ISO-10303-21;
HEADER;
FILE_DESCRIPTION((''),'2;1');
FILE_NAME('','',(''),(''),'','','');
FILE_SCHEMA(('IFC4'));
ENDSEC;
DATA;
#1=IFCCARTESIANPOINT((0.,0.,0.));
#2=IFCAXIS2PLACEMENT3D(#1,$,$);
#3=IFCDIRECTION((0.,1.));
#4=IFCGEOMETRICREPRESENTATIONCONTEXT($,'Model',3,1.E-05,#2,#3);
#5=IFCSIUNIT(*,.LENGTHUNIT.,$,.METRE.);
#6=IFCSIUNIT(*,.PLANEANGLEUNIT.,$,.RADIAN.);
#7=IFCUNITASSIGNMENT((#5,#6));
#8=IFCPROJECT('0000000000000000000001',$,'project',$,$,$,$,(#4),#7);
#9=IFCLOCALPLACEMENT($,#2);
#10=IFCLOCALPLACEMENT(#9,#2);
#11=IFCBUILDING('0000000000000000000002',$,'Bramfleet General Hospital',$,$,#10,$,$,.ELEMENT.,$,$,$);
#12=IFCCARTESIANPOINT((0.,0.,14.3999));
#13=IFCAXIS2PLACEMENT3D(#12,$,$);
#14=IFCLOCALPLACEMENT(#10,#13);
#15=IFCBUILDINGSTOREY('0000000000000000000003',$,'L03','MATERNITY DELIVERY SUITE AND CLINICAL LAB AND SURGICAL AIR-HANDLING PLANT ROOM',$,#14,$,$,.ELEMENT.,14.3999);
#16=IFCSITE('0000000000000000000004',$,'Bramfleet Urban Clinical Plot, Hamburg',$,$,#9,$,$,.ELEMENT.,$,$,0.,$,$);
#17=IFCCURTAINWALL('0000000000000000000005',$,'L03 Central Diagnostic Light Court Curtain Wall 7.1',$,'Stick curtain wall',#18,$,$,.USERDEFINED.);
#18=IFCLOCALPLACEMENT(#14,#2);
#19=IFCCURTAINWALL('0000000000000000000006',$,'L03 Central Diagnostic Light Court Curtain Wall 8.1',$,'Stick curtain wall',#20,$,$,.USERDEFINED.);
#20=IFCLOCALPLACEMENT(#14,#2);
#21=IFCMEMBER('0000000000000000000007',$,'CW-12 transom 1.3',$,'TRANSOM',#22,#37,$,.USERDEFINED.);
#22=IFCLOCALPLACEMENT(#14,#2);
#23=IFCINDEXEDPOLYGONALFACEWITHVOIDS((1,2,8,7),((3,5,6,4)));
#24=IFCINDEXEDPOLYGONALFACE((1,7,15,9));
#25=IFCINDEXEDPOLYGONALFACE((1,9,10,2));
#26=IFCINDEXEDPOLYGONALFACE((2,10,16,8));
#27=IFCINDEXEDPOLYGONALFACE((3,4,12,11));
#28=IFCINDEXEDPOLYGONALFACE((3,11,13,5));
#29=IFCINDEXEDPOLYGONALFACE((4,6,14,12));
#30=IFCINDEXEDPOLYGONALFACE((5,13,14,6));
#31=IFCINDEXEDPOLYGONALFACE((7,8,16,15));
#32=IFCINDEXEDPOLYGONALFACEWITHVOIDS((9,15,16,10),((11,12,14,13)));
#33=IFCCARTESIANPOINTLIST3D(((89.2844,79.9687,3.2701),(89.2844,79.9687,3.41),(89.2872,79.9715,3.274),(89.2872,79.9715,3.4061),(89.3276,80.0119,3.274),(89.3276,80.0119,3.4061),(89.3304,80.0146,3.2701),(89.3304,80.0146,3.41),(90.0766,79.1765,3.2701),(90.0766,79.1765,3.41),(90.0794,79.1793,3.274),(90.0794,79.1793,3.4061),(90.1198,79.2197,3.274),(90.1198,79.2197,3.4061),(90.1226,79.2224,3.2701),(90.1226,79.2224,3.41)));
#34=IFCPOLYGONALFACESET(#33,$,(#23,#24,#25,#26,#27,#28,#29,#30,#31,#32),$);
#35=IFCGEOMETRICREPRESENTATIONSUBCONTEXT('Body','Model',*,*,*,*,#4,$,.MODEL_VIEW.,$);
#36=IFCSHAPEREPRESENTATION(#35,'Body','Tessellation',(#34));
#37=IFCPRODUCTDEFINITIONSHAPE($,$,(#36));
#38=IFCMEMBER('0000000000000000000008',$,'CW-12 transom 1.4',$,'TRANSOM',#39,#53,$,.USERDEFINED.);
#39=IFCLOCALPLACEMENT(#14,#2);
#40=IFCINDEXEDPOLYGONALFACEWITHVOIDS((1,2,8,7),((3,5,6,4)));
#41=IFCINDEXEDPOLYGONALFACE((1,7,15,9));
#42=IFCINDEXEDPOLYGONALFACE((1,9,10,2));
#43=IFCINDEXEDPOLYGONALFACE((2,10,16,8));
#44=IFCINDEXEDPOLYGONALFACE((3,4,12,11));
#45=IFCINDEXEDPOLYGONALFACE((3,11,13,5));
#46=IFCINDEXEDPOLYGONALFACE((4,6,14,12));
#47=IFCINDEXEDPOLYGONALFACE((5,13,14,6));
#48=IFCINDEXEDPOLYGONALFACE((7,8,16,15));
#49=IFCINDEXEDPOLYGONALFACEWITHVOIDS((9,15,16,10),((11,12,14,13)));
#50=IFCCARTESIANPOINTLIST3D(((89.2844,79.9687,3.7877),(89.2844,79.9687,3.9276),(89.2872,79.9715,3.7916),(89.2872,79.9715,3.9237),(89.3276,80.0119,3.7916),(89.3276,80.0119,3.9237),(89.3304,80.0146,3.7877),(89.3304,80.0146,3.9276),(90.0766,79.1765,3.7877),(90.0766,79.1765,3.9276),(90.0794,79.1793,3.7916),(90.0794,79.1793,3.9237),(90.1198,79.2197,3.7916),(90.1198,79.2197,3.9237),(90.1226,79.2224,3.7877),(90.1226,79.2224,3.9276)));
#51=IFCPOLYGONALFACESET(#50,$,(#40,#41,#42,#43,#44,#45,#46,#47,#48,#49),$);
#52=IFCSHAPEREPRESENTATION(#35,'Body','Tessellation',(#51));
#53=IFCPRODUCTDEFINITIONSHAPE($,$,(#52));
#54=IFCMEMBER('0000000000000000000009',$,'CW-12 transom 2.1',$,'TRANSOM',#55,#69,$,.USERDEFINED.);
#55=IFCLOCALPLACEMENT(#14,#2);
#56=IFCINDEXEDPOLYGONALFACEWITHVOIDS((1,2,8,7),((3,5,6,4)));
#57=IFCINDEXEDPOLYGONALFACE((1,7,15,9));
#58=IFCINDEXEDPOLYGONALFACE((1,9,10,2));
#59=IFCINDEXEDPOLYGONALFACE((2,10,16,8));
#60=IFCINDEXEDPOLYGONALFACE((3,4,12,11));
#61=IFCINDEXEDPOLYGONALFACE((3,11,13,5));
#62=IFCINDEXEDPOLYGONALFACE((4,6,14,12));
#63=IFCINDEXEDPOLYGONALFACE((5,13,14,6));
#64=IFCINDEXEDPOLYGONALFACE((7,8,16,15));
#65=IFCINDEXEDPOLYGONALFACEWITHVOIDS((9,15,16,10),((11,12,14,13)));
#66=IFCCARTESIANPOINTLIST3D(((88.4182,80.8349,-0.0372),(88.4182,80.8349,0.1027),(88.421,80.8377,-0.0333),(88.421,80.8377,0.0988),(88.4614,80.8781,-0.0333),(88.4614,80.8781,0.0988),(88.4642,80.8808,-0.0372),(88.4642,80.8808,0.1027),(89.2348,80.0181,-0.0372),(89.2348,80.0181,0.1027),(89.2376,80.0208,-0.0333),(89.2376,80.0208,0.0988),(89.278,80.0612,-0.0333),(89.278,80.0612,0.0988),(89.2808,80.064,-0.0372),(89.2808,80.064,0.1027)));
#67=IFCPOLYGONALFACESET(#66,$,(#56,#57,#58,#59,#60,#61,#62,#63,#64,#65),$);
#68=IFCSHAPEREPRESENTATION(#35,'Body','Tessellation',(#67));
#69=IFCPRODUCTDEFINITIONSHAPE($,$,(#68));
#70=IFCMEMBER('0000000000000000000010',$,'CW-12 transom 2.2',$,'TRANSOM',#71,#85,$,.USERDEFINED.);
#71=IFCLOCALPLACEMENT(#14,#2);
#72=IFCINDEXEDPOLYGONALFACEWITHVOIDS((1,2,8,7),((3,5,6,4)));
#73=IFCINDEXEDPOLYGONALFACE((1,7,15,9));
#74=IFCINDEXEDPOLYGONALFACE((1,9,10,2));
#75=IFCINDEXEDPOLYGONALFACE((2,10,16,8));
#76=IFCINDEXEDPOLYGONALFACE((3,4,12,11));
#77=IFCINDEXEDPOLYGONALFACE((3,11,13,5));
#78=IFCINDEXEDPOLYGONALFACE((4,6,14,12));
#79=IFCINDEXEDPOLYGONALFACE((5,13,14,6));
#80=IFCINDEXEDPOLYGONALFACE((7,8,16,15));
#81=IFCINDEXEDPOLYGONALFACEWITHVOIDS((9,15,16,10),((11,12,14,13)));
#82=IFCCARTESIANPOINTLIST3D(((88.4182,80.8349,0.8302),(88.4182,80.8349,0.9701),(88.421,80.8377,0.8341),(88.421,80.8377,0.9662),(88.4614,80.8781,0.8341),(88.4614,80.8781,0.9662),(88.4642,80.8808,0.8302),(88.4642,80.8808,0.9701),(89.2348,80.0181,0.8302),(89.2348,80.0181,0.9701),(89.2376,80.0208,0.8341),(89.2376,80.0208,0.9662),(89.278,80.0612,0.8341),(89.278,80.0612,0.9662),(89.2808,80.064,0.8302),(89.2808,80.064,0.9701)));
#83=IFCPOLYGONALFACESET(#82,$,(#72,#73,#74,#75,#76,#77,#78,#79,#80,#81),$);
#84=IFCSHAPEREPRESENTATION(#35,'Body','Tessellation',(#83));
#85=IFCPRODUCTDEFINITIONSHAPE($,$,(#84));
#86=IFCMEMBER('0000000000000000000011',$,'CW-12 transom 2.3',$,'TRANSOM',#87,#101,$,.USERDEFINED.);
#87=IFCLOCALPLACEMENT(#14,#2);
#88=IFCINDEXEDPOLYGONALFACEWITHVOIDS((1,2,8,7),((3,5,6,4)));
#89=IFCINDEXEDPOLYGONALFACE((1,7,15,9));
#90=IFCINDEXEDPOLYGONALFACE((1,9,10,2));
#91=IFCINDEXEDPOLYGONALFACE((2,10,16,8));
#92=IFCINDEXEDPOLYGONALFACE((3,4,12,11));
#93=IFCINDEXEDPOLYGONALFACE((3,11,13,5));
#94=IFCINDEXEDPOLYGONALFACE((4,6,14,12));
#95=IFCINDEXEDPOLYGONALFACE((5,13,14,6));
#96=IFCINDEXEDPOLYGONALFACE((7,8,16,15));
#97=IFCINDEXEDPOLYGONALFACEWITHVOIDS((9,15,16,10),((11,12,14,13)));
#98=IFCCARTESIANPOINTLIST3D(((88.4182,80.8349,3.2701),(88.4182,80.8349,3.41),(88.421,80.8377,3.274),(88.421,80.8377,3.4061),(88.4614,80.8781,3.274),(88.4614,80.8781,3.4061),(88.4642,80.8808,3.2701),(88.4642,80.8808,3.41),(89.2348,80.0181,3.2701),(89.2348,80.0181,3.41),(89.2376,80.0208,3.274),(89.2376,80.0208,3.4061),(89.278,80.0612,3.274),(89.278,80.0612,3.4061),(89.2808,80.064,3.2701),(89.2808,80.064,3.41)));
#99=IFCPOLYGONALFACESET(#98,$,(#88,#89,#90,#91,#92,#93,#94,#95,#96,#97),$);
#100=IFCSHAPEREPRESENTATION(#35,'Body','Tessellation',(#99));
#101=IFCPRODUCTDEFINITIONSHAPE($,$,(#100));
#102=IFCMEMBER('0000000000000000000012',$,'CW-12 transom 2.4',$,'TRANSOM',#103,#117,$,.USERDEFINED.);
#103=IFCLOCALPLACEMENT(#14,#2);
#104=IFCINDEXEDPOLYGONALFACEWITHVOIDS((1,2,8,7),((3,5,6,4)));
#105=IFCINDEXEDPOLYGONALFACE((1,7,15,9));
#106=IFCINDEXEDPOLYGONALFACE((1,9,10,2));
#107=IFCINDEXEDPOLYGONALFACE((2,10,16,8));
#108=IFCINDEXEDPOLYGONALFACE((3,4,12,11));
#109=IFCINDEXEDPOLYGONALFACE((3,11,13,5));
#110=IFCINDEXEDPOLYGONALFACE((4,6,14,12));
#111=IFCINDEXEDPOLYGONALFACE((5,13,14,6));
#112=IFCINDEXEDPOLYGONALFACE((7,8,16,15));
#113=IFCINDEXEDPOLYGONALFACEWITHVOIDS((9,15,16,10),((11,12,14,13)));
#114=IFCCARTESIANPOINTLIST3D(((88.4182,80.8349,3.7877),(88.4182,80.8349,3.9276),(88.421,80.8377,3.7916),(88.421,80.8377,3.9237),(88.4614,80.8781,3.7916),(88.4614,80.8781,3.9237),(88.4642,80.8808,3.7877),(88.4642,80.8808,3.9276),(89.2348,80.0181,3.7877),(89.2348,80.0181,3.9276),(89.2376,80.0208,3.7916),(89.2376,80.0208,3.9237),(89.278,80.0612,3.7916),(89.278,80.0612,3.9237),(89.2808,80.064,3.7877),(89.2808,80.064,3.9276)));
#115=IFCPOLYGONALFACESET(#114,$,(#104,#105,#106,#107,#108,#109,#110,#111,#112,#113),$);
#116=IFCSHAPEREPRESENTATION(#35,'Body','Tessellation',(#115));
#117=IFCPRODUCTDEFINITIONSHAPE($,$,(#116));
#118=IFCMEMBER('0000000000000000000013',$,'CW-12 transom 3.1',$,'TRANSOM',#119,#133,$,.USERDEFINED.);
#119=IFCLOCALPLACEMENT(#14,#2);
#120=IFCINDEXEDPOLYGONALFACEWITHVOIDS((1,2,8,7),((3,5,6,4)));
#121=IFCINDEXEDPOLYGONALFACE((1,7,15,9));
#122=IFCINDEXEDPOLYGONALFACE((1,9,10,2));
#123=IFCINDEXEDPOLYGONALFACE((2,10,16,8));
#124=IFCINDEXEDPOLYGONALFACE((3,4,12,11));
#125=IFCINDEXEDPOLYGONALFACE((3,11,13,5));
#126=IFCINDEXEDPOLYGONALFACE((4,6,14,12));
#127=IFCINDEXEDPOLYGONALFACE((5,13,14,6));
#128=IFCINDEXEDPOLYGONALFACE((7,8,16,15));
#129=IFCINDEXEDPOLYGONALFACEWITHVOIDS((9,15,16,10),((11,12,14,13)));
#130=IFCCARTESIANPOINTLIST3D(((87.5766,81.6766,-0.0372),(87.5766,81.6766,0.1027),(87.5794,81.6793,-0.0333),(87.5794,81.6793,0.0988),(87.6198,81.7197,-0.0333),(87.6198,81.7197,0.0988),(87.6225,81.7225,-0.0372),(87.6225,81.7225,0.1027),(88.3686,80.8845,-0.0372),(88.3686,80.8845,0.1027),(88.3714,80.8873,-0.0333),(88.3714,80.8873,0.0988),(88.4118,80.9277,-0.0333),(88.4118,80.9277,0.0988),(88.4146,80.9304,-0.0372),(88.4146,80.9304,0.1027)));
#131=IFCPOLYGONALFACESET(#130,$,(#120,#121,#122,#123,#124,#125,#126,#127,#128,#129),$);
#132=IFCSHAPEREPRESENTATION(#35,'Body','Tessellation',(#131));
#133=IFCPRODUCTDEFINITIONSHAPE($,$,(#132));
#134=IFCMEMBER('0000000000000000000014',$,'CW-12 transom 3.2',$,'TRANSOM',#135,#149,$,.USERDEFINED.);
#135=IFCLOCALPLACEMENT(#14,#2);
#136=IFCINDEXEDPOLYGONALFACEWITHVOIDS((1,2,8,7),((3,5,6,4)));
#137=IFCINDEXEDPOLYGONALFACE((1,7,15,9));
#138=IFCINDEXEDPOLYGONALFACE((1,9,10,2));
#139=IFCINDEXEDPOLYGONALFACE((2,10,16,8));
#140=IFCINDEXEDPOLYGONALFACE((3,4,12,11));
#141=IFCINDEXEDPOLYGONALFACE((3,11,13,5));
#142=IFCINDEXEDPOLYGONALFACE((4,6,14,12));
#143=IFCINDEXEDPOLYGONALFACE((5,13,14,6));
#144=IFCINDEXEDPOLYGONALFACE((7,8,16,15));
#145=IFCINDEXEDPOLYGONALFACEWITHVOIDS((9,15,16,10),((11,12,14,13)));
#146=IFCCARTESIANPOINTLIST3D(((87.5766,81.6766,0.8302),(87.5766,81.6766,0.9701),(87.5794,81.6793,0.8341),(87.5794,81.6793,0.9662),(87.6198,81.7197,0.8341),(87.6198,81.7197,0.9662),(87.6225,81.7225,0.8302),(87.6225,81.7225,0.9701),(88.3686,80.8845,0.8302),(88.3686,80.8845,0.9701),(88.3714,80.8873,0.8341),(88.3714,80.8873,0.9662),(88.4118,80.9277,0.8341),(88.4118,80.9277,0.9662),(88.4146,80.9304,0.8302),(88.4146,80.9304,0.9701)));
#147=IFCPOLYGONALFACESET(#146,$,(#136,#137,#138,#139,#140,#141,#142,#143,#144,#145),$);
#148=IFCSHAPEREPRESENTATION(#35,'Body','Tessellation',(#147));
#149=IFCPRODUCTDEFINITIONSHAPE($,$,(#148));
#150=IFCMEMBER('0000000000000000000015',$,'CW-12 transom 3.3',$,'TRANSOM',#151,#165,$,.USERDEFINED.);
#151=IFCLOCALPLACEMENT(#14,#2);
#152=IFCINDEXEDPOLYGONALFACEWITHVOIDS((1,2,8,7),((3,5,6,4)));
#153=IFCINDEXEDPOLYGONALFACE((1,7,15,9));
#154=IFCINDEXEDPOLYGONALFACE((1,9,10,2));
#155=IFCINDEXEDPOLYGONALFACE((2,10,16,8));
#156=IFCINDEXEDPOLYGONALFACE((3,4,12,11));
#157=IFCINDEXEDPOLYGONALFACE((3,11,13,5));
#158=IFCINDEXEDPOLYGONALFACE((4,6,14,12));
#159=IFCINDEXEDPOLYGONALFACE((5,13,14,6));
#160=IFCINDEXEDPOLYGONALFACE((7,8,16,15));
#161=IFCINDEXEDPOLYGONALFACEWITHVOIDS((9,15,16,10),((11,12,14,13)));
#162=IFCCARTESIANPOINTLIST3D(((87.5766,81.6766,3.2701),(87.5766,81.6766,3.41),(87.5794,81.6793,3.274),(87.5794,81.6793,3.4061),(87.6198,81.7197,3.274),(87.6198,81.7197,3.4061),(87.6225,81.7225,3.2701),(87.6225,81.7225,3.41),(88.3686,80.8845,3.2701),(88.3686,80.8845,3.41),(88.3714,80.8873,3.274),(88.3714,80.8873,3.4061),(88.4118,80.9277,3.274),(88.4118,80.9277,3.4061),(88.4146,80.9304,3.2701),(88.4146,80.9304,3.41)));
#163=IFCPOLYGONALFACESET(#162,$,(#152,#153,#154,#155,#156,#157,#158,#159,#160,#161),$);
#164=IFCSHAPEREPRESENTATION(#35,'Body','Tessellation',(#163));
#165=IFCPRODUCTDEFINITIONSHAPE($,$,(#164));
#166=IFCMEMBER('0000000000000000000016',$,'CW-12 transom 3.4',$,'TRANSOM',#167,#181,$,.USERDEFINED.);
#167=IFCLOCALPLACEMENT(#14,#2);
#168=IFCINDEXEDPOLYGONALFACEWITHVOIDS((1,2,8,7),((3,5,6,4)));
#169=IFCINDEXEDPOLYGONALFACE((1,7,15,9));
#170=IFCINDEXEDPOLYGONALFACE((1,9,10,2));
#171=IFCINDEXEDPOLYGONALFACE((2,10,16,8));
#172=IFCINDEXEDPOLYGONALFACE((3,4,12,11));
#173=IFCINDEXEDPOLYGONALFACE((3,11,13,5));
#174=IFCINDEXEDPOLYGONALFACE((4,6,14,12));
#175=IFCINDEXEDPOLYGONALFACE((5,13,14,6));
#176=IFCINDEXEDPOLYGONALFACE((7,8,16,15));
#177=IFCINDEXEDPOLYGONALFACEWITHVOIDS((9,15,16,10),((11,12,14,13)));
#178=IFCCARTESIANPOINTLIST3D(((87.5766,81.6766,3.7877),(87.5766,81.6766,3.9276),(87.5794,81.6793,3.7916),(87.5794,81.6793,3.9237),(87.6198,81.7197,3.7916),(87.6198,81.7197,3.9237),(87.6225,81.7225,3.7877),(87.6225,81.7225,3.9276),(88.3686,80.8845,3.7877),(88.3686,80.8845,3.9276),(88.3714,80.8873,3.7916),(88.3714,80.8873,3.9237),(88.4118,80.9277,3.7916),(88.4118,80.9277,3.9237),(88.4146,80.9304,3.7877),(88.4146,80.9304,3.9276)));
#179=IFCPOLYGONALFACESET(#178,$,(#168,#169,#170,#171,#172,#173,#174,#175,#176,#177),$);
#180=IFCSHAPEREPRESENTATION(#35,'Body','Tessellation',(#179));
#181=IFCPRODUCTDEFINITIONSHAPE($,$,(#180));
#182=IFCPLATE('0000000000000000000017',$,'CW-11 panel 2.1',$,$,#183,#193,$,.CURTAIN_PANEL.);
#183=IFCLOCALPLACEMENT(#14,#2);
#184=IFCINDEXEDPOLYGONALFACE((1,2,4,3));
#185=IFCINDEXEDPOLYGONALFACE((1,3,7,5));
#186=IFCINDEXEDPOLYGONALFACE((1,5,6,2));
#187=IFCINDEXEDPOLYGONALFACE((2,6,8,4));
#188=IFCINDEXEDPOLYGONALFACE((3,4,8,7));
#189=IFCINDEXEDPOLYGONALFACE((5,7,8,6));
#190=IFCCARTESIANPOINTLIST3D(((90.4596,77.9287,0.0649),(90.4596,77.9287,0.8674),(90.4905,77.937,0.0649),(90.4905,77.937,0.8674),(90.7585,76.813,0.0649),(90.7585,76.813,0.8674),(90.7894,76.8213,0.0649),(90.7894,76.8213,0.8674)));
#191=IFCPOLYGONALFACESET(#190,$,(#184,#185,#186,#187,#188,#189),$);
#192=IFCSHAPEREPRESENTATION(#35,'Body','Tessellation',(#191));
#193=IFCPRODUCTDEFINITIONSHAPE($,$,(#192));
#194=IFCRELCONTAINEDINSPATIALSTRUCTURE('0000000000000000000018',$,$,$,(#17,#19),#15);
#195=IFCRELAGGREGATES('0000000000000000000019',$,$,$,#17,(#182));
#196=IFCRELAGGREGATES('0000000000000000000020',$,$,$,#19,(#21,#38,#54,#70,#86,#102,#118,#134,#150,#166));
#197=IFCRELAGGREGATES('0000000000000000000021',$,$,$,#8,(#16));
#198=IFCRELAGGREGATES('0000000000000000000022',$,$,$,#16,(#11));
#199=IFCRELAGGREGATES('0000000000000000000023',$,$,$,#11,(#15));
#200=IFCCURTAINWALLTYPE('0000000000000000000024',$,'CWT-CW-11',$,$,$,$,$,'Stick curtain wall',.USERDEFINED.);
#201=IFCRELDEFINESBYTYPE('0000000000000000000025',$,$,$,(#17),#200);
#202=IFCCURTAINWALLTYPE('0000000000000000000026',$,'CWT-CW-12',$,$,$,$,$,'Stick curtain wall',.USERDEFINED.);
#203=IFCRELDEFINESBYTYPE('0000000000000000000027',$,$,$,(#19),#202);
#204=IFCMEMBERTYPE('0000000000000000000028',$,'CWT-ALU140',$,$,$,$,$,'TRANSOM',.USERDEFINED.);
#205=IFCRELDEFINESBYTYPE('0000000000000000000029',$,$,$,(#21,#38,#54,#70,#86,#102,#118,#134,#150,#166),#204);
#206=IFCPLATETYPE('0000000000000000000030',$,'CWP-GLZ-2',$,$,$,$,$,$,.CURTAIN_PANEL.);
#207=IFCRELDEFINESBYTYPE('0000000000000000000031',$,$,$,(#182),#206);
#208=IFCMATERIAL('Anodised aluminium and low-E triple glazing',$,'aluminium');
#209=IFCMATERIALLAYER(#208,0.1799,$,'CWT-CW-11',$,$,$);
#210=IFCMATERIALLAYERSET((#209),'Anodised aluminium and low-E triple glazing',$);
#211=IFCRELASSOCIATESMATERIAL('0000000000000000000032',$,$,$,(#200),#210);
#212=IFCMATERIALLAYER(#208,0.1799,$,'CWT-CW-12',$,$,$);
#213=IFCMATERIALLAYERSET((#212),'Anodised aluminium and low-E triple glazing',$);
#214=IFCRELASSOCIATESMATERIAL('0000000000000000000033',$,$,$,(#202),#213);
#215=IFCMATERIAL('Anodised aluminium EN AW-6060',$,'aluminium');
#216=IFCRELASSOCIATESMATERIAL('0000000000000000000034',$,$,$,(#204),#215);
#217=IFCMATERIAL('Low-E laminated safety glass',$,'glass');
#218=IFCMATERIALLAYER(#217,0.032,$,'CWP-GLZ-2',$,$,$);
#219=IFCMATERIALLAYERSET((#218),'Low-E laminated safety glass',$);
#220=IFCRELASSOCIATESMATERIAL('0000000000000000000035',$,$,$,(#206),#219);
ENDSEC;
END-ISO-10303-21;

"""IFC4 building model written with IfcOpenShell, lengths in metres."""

from ifc_helpers import new_model, si_unit, direction, frame, origin, origin_2d, place, context, subcontext, project, spatial, rectangle, hollow_rectangle, extrude, material, layer, layer_set, material_profile, profile_set, type_object, element, aggregate, save


model = new_model("IFC4")

# Units and contexts
model_context = context("Model", 3, precision=1e-05, world=origin(), true_north=direction((0.0, 1.0)))
body_context = subcontext(model_context, "Body", "Model", "MODEL_VIEW")
ifc_project = project(units=[si_unit("LENGTHUNIT", "METRE"), si_unit("PLANEANGLEUNIT", "RADIAN")], contexts=[model_context])

# Site, building, storey
site_placement = place(None, origin())
site = spatial("IfcSite", under=ifc_project, at=site_placement, Name="Bramfleet Urban Clinical Plot, Hamburg", CompositionType="ELEMENT", RefElevation=0.0)
building_placement = place(site_placement, origin())
building = spatial("IfcBuilding", under=site, at=building_placement, Name="Bramfleet General Hospital", CompositionType="ELEMENT")
storey_placement = place(building_placement, frame((0.0, 0.0, 14.3999)))
storey = spatial("IfcBuildingStorey", under=building, at=storey_placement, Name="L03", Description="MATERNITY DELIVERY SUITE AND CLINICAL LAB AND SURGICAL AIR-HANDLING PLANT ROOM", CompositionType="ELEMENT", Elevation=14.3999)

# Curtain walls
ifc_material_1 = material(Name="Anodised aluminium and low-E triple glazing", Category="aluminium")
ifc_layer_1 = layer(ifc_material_1, 0.1799, Name="CWT-CW-11")
ifc_layer_set_1 = layer_set([ifc_layer_1], Name="Anodised aluminium and low-E triple glazing")
curtain_wall_type_1 = type_object("IfcCurtainWallType", Name="CWT-CW-11", ElementType="Stick curtain wall", PredefinedType="USERDEFINED", material=ifc_layer_set_1)
curtain_wall_1_placement = place(storey_placement, origin())
curtain_wall_1 = element("IfcCurtainWall", 1, at=curtain_wall_1_placement, inside=storey, type_object=curtain_wall_type_1, Name="L03 Central Diagnostic Light Court Curtain Wall 7.1", ObjectType="Stick curtain wall", PredefinedType="USERDEFINED")
ifc_material_2 = material(Name="Anodised aluminium EN AW-6060", Category="aluminium")
ifc_layer_2 = layer(ifc_material_1, 0.1799, Name="CWT-CW-12")
ifc_layer_set_2 = layer_set([ifc_layer_2], Name="Anodised aluminium and low-E triple glazing")
curtain_wall_type_2 = type_object("IfcCurtainWallType", Name="CWT-CW-12", ElementType="Stick curtain wall", PredefinedType="USERDEFINED", material=ifc_layer_set_2)
curtain_wall_2_placement = place(storey_placement, origin())
curtain_wall_2 = element("IfcCurtainWall", 2, at=curtain_wall_2_placement, inside=storey, type_object=curtain_wall_type_2, Name="L03 Central Diagnostic Light Court Curtain Wall 8.1", ObjectType="Stick curtain wall", PredefinedType="USERDEFINED")

# Members
ifc_material_profile_1 = material_profile(ifc_material_2, hollow_rectangle(XDim=0.0649, YDim=0.1399, WallThickness=0.0039, at=origin_2d()), Name="ALU 140x65x4.0")
ifc_profile_set_1 = profile_set([ifc_material_profile_1], Name="Anodised aluminium EN AW-6060")
member_type_1 = type_object("IfcMemberType", Name="CWT-ALU140", ElementType="TRANSOM", PredefinedType="USERDEFINED", material=ifc_profile_set_1)
member_1_placement = place(storey_placement, frame((90.0996, 79.1995, 3.3401), z_axis=(-0.707107, 0.707107, 0.0), x_axis=(-0.707107, -0.707107, 0.0)))
member_1 = element("IfcMember", 3, at=member_1_placement, type_object=member_type_1, Name="CW-12 transom 1.3", ObjectType="TRANSOM", PredefinedType="USERDEFINED", context=body_context, shape_type="SweptSolid", body=[
    extrude(hollow_rectangle(XDim=0.0649, YDim=0.1399, WallThickness=0.0039, at=origin_2d()), origin(), (0.0, 0.0, 1.0), 1.1204),
])
member_2_placement = place(storey_placement, frame((90.0996, 79.1995, 3.8577), z_axis=(-0.707107, 0.707107, 0.0), x_axis=(-0.707107, -0.707107, 0.0)))
member_2 = element("IfcMember", 4, at=member_2_placement, type_object=member_type_1, Name="CW-12 transom 1.4", ObjectType="TRANSOM", PredefinedType="USERDEFINED", context=body_context, shape_type="SweptSolid", body=[
    extrude(hollow_rectangle(XDim=0.0649, YDim=0.1399, WallThickness=0.0039, at=origin_2d()), origin(), (0.0, 0.0, 1.0), 1.1204),
])
member_3_placement = place(storey_placement, frame((89.2578, 80.041, 0.0327), z_axis=(-0.707001, 0.707212, 0.0), x_axis=(-0.707212, -0.707001, 0.0)))
member_3 = element("IfcMember", 5, at=member_3_placement, type_object=member_type_1, Name="CW-12 transom 2.1", ObjectType="TRANSOM", PredefinedType="USERDEFINED", context=body_context, shape_type="SweptSolid", body=[
    extrude(hollow_rectangle(XDim=0.0649, YDim=0.1399, WallThickness=0.0039, at=origin_2d()), origin(), (0.0, 0.0, 1.0), 1.155),
])
member_4_placement = place(storey_placement, frame((89.2578, 80.041, 0.9001), z_axis=(-0.707001, 0.707212, 0.0), x_axis=(-0.707212, -0.707001, 0.0)))
member_4 = element("IfcMember", 6, at=member_4_placement, type_object=member_type_1, Name="CW-12 transom 2.2", ObjectType="TRANSOM", PredefinedType="USERDEFINED", context=body_context, shape_type="SweptSolid", body=[
    extrude(hollow_rectangle(XDim=0.0649, YDim=0.1399, WallThickness=0.0039, at=origin_2d()), origin(), (0.0, 0.0, 1.0), 1.155),
])
member_5_placement = place(storey_placement, frame((89.2578, 80.041, 3.3401), z_axis=(-0.707001, 0.707212, 0.0), x_axis=(-0.707212, -0.707001, 0.0)))
member_5 = element("IfcMember", 7, at=member_5_placement, type_object=member_type_1, Name="CW-12 transom 2.3", ObjectType="TRANSOM", PredefinedType="USERDEFINED", context=body_context, shape_type="SweptSolid", body=[
    extrude(hollow_rectangle(XDim=0.0649, YDim=0.1399, WallThickness=0.0039, at=origin_2d()), origin(), (0.0, 0.0, 1.0), 1.155),
])
member_6_placement = place(storey_placement, frame((89.2578, 80.041, 3.8577), z_axis=(-0.707001, 0.707212, 0.0), x_axis=(-0.707212, -0.707001, 0.0)))
member_6 = element("IfcMember", 8, at=member_6_placement, type_object=member_type_1, Name="CW-12 transom 2.4", ObjectType="TRANSOM", PredefinedType="USERDEFINED", context=body_context, shape_type="SweptSolid", body=[
    extrude(hollow_rectangle(XDim=0.0649, YDim=0.1399, WallThickness=0.0039, at=origin_2d()), origin(), (0.0, 0.0, 1.0), 1.155),
])
member_7_placement = place(storey_placement, frame((88.3916, 80.9075, 0.0327), z_axis=(-0.707107, 0.707107, 0.0), x_axis=(-0.707107, -0.707107, 0.0)))
member_7 = element("IfcMember", 9, at=member_7_placement, type_object=member_type_1, Name="CW-12 transom 3.1", ObjectType="TRANSOM", PredefinedType="USERDEFINED", context=body_context, shape_type="SweptSolid", body=[
    extrude(hollow_rectangle(XDim=0.0649, YDim=0.1399, WallThickness=0.0039, at=origin_2d()), origin(), (0.0, 0.0, 1.0), 1.1201),
])
member_8_placement = place(storey_placement, frame((88.3916, 80.9075, 0.9001), z_axis=(-0.707107, 0.707107, 0.0), x_axis=(-0.707107, -0.707107, 0.0)))
member_8 = element("IfcMember", 10, at=member_8_placement, type_object=member_type_1, Name="CW-12 transom 3.2", ObjectType="TRANSOM", PredefinedType="USERDEFINED", context=body_context, shape_type="SweptSolid", body=[
    extrude(hollow_rectangle(XDim=0.0649, YDim=0.1399, WallThickness=0.0039, at=origin_2d()), origin(), (0.0, 0.0, 1.0), 1.1201),
])
member_9_placement = place(storey_placement, frame((88.3916, 80.9075, 3.3401), z_axis=(-0.707107, 0.707107, 0.0), x_axis=(-0.707107, -0.707107, 0.0)))
member_9 = element("IfcMember", 11, at=member_9_placement, type_object=member_type_1, Name="CW-12 transom 3.3", ObjectType="TRANSOM", PredefinedType="USERDEFINED", context=body_context, shape_type="SweptSolid", body=[
    extrude(hollow_rectangle(XDim=0.0649, YDim=0.1399, WallThickness=0.0039, at=origin_2d()), origin(), (0.0, 0.0, 1.0), 1.1201),
])
member_10_placement = place(storey_placement, frame((88.3916, 80.9075, 3.8577), z_axis=(-0.707107, 0.707107, 0.0), x_axis=(-0.707107, -0.707107, 0.0)))
member_10 = element("IfcMember", 12, at=member_10_placement, type_object=member_type_1, Name="CW-12 transom 3.4", ObjectType="TRANSOM", PredefinedType="USERDEFINED", context=body_context, shape_type="SweptSolid", body=[
    extrude(hollow_rectangle(XDim=0.0649, YDim=0.1399, WallThickness=0.0039, at=origin_2d()), origin(), (0.0, 0.0, 1.0), 1.1201),
])

# Plate
ifc_material_3 = material(Name="Low-E laminated safety glass", Category="glass")
ifc_layer_3 = layer(ifc_material_3, 0.032, Name="CWP-GLZ-2")
ifc_layer_set_3 = layer_set([ifc_layer_3], Name="Low-E laminated safety glass")
plate_type = type_object("IfcPlateType", Name="CWP-GLZ-2", PredefinedType="CURTAIN_PANEL", material=ifc_layer_set_3)
plate_1_placement = place(storey_placement, frame((90.6245, 77.375, 0.0649), z_axis=(0.0, 0.0, 1.0), x_axis=(-0.258763, 0.965941, 0.0)))
plate_1 = element("IfcPlate", 13, at=plate_1_placement, type_object=plate_type, Name="CW-11 panel 2.1", PredefinedType="CURTAIN_PANEL", context=body_context, shape_type="SweptSolid", body=[
    extrude(rectangle(XDim=1.155, YDim=0.032, at=origin_2d()), origin(), (0.0, 0.0, 1.0), 0.8025),
])
aggregate(curtain_wall_1, [plate_1])
aggregate(curtain_wall_2, [member_1, member_2, member_3, member_4, member_5, member_6, member_7, member_8, member_9, member_10])

save(model, "model.ifc")
